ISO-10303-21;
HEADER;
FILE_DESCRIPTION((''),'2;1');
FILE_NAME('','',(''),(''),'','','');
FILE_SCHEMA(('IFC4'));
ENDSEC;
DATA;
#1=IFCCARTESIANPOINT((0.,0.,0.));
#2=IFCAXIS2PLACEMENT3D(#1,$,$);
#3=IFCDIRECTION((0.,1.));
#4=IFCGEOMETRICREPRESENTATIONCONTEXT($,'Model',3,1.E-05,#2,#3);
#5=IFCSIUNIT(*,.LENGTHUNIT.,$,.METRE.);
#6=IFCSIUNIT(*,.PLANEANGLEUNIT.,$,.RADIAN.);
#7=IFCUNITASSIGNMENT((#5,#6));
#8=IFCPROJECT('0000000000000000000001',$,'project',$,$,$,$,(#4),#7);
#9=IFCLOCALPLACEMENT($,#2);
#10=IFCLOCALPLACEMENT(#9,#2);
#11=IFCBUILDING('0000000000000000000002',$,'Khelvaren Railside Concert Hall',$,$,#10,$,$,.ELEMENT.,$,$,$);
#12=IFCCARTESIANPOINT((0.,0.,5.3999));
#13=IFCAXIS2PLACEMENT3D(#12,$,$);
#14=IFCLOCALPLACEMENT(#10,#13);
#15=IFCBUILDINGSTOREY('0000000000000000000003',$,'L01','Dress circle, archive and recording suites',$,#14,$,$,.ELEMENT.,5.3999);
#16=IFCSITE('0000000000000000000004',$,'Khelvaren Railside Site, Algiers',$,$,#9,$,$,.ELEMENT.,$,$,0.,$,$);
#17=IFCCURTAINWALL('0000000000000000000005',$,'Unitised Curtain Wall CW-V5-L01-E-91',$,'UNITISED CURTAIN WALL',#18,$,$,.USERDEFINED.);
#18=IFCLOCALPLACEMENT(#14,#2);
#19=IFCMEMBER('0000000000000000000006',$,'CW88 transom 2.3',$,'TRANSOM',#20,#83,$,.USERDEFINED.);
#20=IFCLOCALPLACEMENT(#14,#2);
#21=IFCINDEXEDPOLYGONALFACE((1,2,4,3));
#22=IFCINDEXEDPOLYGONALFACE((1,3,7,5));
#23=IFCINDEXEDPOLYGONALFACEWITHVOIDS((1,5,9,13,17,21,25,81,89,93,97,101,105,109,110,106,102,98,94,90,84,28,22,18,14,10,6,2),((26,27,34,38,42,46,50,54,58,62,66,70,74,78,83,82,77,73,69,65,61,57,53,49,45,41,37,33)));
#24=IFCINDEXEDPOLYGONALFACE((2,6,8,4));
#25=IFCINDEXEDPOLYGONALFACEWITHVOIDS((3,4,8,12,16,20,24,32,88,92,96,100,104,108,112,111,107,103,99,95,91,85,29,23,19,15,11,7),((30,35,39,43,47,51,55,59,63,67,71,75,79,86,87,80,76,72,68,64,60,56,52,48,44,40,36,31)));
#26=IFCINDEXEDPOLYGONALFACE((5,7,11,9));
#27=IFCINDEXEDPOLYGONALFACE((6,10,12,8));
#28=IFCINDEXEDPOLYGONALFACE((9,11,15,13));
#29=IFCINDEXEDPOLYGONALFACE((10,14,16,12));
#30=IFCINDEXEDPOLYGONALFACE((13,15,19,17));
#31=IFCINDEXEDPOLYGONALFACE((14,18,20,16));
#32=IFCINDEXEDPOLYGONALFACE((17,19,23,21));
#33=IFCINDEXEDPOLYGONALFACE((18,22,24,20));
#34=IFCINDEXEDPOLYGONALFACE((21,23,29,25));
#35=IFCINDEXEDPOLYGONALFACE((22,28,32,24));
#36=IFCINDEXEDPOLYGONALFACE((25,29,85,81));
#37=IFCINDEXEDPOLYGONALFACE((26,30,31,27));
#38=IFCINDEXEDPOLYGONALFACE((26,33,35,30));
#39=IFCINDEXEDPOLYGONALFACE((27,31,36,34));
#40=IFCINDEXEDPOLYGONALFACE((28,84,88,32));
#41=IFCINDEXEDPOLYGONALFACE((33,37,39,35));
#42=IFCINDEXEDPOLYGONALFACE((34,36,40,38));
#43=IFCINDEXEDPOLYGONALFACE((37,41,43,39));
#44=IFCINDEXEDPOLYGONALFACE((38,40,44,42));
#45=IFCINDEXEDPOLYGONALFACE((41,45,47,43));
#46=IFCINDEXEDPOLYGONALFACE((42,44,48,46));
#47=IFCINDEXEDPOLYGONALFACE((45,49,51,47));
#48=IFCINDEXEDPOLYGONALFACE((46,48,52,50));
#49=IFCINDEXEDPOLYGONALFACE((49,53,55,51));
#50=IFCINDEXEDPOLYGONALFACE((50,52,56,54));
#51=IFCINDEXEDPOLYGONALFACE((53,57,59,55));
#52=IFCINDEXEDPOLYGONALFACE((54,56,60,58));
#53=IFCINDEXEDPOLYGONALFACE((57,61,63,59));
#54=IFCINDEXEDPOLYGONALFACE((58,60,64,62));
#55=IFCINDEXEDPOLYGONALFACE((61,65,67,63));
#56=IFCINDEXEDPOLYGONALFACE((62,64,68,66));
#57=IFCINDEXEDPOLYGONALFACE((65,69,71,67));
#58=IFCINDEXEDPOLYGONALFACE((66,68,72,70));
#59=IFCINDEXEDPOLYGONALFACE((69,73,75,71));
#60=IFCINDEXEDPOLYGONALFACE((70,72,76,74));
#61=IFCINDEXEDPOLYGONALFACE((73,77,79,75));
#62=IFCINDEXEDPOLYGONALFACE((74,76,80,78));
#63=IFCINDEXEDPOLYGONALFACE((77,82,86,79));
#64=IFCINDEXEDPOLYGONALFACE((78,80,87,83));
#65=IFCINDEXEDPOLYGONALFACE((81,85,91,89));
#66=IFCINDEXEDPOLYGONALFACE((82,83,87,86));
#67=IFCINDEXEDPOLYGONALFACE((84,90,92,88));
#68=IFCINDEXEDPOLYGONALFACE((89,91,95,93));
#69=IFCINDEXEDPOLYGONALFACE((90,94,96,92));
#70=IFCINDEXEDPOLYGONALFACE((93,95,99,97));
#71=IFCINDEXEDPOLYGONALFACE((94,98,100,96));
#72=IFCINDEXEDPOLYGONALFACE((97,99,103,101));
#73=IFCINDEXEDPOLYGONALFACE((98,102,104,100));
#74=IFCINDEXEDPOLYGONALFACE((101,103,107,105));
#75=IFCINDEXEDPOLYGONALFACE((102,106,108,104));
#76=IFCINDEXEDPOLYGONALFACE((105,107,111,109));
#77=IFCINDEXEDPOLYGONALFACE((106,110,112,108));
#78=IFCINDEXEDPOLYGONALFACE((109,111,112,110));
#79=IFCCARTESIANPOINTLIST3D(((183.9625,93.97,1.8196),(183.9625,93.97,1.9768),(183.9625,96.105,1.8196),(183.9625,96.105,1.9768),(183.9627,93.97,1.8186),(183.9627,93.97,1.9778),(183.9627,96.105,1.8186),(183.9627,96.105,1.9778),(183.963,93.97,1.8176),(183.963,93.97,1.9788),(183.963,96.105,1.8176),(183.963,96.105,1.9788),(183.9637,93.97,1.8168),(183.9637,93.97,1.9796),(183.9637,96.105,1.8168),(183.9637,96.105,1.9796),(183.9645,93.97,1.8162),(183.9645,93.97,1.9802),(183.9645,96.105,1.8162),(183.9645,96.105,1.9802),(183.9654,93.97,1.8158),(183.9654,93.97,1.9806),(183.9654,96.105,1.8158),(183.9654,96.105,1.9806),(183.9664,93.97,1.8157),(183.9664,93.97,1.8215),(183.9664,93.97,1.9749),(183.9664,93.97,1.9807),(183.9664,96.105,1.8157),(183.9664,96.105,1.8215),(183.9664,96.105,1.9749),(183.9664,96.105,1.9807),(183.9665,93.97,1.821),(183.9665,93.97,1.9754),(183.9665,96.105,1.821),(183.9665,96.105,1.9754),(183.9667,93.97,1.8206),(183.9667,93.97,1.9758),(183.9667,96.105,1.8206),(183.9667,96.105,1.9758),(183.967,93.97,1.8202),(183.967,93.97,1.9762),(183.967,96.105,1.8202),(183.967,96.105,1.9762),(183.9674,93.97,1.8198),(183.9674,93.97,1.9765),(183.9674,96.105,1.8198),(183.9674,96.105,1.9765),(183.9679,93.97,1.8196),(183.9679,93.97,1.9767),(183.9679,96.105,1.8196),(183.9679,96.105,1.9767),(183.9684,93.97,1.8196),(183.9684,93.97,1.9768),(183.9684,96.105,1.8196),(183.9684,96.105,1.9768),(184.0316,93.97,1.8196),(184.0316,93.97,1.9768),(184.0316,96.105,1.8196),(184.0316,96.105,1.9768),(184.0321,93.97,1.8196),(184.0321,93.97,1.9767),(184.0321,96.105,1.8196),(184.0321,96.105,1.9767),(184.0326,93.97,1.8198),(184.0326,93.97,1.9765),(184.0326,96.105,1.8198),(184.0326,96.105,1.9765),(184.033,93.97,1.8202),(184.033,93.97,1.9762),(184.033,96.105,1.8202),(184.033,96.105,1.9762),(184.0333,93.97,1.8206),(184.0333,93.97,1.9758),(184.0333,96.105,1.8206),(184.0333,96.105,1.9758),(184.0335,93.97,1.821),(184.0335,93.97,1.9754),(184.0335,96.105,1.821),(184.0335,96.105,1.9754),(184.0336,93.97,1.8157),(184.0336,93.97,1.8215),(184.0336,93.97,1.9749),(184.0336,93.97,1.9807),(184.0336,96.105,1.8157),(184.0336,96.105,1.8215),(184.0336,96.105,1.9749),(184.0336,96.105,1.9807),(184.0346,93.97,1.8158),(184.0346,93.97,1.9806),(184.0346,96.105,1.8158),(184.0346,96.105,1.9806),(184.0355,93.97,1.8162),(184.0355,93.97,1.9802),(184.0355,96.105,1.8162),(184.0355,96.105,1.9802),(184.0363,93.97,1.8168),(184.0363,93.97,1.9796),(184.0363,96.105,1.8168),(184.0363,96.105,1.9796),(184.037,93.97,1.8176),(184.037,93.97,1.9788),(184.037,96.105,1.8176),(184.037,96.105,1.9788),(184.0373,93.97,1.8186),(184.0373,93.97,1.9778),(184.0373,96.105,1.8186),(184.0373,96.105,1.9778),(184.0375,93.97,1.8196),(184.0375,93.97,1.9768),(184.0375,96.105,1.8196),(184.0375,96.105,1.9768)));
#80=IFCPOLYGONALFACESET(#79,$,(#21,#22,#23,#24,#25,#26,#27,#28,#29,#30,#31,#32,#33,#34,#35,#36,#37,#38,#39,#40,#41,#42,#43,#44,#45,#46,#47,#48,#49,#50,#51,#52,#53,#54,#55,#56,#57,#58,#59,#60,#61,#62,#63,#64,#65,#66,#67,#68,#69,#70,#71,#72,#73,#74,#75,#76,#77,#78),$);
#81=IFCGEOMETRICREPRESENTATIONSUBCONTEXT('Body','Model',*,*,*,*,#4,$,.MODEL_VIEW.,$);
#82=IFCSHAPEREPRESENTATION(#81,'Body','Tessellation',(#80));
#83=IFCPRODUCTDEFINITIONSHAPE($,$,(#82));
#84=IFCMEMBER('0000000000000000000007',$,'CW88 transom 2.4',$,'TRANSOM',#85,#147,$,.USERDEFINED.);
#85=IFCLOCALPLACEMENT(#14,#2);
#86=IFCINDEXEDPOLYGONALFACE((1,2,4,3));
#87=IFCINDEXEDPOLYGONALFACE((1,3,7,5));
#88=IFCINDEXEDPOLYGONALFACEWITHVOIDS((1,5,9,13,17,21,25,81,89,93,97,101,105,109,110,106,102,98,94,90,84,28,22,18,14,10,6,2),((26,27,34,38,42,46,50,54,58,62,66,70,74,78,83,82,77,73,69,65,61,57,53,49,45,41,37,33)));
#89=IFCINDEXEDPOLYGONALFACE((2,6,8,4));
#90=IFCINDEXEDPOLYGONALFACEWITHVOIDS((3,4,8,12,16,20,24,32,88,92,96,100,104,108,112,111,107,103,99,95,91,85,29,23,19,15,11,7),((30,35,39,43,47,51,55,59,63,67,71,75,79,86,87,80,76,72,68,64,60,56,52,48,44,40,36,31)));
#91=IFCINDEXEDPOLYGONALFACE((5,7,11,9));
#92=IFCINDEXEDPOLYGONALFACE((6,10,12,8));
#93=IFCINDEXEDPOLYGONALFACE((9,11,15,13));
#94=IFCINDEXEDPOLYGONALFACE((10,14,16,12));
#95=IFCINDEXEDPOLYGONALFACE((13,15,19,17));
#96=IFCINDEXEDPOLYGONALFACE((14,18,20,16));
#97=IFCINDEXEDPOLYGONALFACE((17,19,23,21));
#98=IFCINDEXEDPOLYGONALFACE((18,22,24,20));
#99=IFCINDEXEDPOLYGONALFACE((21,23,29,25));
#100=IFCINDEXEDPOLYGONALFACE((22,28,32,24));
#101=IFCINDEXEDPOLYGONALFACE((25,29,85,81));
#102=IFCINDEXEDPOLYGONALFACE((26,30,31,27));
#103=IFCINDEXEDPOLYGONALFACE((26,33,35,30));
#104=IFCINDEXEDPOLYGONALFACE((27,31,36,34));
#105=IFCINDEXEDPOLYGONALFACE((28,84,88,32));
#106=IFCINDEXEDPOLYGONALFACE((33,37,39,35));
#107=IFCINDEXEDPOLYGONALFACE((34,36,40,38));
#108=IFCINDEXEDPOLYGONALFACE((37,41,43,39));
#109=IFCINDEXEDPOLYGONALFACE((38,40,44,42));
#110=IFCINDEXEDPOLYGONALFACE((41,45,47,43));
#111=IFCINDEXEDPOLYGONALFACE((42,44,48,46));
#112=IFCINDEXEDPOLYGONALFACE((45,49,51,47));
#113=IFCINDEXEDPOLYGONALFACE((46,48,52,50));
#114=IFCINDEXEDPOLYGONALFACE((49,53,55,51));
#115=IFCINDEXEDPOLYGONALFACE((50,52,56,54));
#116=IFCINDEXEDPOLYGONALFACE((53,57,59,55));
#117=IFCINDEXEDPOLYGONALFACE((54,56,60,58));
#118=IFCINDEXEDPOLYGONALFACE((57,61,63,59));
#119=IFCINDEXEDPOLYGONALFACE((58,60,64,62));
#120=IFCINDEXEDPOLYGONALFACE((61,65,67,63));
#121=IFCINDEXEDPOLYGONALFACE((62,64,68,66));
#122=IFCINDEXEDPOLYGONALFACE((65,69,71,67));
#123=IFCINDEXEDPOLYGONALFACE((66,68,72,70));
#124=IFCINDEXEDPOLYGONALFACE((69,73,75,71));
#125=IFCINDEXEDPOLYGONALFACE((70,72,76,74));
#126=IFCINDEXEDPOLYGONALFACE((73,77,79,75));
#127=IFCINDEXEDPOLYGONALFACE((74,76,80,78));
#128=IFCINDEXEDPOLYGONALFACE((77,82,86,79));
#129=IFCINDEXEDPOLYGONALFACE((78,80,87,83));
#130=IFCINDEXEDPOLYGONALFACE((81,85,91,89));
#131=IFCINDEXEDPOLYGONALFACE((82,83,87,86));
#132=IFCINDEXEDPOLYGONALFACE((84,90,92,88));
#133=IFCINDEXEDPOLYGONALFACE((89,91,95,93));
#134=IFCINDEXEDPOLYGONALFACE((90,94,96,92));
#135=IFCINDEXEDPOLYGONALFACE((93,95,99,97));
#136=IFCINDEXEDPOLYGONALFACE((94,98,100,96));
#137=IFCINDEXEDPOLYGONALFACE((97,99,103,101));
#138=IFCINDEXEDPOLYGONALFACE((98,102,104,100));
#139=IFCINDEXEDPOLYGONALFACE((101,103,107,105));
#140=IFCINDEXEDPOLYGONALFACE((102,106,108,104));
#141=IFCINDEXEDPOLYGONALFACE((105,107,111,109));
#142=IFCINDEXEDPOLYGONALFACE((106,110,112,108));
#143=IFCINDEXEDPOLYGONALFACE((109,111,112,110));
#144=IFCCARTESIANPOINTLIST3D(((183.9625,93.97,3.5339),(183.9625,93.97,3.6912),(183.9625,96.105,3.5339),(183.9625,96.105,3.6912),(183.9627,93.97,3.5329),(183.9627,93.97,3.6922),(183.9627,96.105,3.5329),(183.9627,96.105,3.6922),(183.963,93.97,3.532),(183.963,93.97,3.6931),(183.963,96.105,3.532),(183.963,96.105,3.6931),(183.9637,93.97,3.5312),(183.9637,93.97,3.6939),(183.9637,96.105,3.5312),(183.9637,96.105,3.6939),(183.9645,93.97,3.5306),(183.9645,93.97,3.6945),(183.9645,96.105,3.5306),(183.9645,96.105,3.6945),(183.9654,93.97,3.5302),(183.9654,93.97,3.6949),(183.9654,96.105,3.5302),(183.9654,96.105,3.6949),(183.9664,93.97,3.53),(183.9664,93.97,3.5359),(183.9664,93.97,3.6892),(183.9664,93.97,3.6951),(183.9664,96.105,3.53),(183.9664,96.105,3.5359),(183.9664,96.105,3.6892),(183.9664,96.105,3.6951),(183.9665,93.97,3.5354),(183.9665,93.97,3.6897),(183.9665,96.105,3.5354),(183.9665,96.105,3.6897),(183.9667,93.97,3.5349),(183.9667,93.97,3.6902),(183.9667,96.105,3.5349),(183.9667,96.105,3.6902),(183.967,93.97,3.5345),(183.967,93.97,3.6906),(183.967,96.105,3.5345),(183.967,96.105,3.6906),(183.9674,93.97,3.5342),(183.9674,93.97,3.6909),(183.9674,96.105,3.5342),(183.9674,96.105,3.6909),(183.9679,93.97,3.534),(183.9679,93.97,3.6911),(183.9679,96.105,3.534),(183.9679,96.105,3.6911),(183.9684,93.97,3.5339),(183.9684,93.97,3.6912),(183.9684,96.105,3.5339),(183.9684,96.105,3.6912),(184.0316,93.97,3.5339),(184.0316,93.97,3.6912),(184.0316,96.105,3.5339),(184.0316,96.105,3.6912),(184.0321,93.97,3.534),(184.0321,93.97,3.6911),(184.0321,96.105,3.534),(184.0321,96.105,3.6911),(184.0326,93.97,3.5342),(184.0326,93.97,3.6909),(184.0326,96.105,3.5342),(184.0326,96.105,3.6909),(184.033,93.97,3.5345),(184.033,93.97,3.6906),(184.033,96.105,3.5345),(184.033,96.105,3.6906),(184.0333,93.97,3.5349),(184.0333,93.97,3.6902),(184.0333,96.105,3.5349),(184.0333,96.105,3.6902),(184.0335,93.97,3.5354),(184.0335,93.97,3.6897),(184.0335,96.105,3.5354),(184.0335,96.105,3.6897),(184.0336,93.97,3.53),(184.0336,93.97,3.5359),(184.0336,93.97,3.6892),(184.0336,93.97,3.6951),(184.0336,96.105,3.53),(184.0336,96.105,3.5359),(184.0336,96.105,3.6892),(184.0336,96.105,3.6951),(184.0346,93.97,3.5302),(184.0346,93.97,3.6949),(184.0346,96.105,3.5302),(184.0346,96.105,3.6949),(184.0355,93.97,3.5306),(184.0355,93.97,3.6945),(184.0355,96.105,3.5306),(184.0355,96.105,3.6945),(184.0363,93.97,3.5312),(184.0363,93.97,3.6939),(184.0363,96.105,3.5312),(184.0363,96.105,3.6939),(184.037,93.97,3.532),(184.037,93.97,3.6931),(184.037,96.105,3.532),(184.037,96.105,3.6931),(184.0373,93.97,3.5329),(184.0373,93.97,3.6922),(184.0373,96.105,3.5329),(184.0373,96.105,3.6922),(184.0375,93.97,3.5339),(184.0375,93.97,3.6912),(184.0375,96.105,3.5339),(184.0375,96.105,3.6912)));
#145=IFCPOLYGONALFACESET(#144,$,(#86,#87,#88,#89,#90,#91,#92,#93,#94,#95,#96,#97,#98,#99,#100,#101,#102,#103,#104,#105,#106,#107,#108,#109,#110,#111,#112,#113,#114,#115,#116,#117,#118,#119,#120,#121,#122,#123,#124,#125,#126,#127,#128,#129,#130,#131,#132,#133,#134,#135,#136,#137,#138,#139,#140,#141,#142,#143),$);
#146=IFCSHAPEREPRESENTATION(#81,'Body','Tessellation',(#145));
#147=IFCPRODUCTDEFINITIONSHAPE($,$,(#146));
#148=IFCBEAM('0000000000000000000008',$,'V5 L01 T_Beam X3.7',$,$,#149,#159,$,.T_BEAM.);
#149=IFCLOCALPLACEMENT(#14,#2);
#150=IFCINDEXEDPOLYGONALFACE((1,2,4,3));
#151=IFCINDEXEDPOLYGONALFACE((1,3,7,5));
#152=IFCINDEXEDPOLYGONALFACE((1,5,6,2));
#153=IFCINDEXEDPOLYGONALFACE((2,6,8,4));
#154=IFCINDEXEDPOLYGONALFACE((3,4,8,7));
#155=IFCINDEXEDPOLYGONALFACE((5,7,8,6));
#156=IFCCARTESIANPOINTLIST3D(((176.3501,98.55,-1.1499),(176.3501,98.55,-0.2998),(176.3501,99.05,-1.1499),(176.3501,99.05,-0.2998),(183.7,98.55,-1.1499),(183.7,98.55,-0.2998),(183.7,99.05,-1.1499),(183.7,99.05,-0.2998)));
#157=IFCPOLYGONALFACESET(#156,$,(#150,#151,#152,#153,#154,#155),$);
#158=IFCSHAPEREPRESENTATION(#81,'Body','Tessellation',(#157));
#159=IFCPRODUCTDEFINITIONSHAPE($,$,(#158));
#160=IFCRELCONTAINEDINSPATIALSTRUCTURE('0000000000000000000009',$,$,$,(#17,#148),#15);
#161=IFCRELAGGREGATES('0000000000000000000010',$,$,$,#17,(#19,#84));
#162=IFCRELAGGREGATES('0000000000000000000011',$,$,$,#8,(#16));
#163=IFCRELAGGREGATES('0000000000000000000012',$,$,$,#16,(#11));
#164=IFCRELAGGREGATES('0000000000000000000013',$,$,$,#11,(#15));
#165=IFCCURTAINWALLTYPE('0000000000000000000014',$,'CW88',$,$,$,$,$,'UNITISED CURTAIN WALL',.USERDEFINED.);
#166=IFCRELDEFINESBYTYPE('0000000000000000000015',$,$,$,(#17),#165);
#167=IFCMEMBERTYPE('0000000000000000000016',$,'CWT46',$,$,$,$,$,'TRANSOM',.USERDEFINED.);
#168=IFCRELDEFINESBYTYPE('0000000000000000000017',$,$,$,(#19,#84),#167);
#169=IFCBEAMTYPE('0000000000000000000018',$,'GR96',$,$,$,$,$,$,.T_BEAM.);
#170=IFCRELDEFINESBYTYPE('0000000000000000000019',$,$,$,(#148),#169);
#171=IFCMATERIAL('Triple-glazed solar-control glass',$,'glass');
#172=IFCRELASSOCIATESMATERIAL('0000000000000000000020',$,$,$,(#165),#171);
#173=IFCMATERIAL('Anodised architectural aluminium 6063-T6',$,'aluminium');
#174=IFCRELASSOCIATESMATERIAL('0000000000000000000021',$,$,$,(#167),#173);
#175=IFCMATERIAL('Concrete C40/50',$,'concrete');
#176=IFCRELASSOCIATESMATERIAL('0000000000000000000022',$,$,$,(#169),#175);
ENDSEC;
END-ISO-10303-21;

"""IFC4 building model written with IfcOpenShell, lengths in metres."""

from ifc_helpers import new_model, si_unit, direction, frame, origin, origin_2d, place, context, subcontext, project, spatial, rectangle, hollow_rectangle, extrude, material, material_profile, profile_set, type_object, element, aggregate, save


model = new_model("IFC4")

# Units and contexts
model_context = context("Model", 3, precision=1e-05, world=origin(), true_north=direction((0.0, 1.0)))
body_context = subcontext(model_context, "Body", "Model", "MODEL_VIEW")
ifc_project = project(units=[si_unit("LENGTHUNIT", "METRE"), si_unit("PLANEANGLEUNIT", "RADIAN")], contexts=[model_context])

# Site, building, storey
site_placement = place(None, origin())
site = spatial("IfcSite", under=ifc_project, at=site_placement, Name="Khelvaren Railside Site, Algiers", CompositionType="ELEMENT", RefElevation=0.0)
building_placement = place(site_placement, origin())
building = spatial("IfcBuilding", under=site, at=building_placement, Name="Khelvaren Railside Concert Hall", CompositionType="ELEMENT")
storey_placement = place(building_placement, frame((0.0, 0.0, 5.3999)))
storey = spatial("IfcBuildingStorey", under=building, at=storey_placement, Name="L01", Description="Dress circle, archive and recording suites", CompositionType="ELEMENT", Elevation=5.3999)

# Curtain wall, members
ifc_material_1 = material(Name="Triple-glazed solar-control glass", Category="glass")
curtain_wall_type = type_object("IfcCurtainWallType", Name="CW88", ElementType="UNITISED CURTAIN WALL", PredefinedType="USERDEFINED", material=ifc_material_1)
curtain_wall_placement = place(storey_placement, origin())
curtain_wall = element("IfcCurtainWall", 1, at=curtain_wall_placement, inside=storey, type_object=curtain_wall_type, Name="Unitised Curtain Wall CW-V5-L01-E-91", ObjectType="UNITISED CURTAIN WALL", PredefinedType="USERDEFINED")
ifc_material_2 = material(Name="Anodised architectural aluminium 6063-T6", Category="aluminium")
ifc_material_profile_1 = material_profile(ifc_material_2, hollow_rectangle(XDim=0.075, YDim=0.165, WallThickness=0.0039, InnerFilletRadius=0.002, OuterFilletRadius=0.0039, at=origin_2d()), Name="CWT 75x165x4")
ifc_profile_set_1 = profile_set([ifc_material_profile_1], Name="Anodised architectural aluminium 6063-T6")
member_type_1 = type_object("IfcMemberType", Name="CWT46", ElementType="TRANSOM", PredefinedType="USERDEFINED", material=ifc_profile_set_1)
member_1_placement = place(storey_placement, frame((184.0, 96.105, 1.8982), z_axis=(0.0, -1.0, 0.0), x_axis=(1.0, 0.0, 0.0)))
member_1 = element("IfcMember", 2, at=member_1_placement, type_object=member_type_1, Name="CW88 transom 2.3", ObjectType="TRANSOM", PredefinedType="USERDEFINED", context=body_context, shape_type="SweptSolid", body=[
    extrude(hollow_rectangle(XDim=0.075, YDim=0.165, WallThickness=0.0039, InnerFilletRadius=0.002, OuterFilletRadius=0.0039, at=origin_2d()), origin(), (0.0, 0.0, 1.0), 2.135),
])
member_2_placement = place(storey_placement, frame((184.0, 96.105, 3.6125), z_axis=(0.0, -1.0, 0.0), x_axis=(1.0, 0.0, 0.0)))
member_2 = element("IfcMember", 3, at=member_2_placement, type_object=member_type_1, Name="CW88 transom 2.4", ObjectType="TRANSOM", PredefinedType="USERDEFINED", context=body_context, shape_type="SweptSolid", body=[
    extrude(hollow_rectangle(XDim=0.075, YDim=0.165, WallThickness=0.0039, InnerFilletRadius=0.002, OuterFilletRadius=0.0039, at=origin_2d()), origin(), (0.0, 0.0, 1.0), 2.135),
])

# Beam
ifc_material_3 = material(Name="Concrete C40/50", Category="concrete")
ifc_material_profile_2 = material_profile(ifc_material_3, rectangle(XDim=0.5, YDim=0.8501, at=origin_2d()), Name="RCB 500x850")
ifc_profile_set_2 = profile_set([ifc_material_profile_2], Name="Concrete C40/50")
beam_type_1 = type_object("IfcBeamType", Name="GR96", PredefinedType="T_BEAM", material=ifc_profile_set_2)
beam_1_placement = place(storey_placement, frame((176.3501, 98.8, -0.7249), z_axis=(1.0, 0.0, 0.0), x_axis=(0.0, 1.0, 0.0)))
element("IfcBeam", 4, at=beam_1_placement, inside=storey, type_object=beam_type_1, Name="V5 L01 T_Beam X3.7", PredefinedType="T_BEAM", context=body_context, shape_type="SweptSolid", body=[
    extrude(rectangle(XDim=0.5, YDim=0.8501, at=origin_2d()), origin(), (0.0, 0.0, 1.0), 7.3499),
])

aggregate(curtain_wall, [member_1, member_2])

save(model, "model.ifc")
